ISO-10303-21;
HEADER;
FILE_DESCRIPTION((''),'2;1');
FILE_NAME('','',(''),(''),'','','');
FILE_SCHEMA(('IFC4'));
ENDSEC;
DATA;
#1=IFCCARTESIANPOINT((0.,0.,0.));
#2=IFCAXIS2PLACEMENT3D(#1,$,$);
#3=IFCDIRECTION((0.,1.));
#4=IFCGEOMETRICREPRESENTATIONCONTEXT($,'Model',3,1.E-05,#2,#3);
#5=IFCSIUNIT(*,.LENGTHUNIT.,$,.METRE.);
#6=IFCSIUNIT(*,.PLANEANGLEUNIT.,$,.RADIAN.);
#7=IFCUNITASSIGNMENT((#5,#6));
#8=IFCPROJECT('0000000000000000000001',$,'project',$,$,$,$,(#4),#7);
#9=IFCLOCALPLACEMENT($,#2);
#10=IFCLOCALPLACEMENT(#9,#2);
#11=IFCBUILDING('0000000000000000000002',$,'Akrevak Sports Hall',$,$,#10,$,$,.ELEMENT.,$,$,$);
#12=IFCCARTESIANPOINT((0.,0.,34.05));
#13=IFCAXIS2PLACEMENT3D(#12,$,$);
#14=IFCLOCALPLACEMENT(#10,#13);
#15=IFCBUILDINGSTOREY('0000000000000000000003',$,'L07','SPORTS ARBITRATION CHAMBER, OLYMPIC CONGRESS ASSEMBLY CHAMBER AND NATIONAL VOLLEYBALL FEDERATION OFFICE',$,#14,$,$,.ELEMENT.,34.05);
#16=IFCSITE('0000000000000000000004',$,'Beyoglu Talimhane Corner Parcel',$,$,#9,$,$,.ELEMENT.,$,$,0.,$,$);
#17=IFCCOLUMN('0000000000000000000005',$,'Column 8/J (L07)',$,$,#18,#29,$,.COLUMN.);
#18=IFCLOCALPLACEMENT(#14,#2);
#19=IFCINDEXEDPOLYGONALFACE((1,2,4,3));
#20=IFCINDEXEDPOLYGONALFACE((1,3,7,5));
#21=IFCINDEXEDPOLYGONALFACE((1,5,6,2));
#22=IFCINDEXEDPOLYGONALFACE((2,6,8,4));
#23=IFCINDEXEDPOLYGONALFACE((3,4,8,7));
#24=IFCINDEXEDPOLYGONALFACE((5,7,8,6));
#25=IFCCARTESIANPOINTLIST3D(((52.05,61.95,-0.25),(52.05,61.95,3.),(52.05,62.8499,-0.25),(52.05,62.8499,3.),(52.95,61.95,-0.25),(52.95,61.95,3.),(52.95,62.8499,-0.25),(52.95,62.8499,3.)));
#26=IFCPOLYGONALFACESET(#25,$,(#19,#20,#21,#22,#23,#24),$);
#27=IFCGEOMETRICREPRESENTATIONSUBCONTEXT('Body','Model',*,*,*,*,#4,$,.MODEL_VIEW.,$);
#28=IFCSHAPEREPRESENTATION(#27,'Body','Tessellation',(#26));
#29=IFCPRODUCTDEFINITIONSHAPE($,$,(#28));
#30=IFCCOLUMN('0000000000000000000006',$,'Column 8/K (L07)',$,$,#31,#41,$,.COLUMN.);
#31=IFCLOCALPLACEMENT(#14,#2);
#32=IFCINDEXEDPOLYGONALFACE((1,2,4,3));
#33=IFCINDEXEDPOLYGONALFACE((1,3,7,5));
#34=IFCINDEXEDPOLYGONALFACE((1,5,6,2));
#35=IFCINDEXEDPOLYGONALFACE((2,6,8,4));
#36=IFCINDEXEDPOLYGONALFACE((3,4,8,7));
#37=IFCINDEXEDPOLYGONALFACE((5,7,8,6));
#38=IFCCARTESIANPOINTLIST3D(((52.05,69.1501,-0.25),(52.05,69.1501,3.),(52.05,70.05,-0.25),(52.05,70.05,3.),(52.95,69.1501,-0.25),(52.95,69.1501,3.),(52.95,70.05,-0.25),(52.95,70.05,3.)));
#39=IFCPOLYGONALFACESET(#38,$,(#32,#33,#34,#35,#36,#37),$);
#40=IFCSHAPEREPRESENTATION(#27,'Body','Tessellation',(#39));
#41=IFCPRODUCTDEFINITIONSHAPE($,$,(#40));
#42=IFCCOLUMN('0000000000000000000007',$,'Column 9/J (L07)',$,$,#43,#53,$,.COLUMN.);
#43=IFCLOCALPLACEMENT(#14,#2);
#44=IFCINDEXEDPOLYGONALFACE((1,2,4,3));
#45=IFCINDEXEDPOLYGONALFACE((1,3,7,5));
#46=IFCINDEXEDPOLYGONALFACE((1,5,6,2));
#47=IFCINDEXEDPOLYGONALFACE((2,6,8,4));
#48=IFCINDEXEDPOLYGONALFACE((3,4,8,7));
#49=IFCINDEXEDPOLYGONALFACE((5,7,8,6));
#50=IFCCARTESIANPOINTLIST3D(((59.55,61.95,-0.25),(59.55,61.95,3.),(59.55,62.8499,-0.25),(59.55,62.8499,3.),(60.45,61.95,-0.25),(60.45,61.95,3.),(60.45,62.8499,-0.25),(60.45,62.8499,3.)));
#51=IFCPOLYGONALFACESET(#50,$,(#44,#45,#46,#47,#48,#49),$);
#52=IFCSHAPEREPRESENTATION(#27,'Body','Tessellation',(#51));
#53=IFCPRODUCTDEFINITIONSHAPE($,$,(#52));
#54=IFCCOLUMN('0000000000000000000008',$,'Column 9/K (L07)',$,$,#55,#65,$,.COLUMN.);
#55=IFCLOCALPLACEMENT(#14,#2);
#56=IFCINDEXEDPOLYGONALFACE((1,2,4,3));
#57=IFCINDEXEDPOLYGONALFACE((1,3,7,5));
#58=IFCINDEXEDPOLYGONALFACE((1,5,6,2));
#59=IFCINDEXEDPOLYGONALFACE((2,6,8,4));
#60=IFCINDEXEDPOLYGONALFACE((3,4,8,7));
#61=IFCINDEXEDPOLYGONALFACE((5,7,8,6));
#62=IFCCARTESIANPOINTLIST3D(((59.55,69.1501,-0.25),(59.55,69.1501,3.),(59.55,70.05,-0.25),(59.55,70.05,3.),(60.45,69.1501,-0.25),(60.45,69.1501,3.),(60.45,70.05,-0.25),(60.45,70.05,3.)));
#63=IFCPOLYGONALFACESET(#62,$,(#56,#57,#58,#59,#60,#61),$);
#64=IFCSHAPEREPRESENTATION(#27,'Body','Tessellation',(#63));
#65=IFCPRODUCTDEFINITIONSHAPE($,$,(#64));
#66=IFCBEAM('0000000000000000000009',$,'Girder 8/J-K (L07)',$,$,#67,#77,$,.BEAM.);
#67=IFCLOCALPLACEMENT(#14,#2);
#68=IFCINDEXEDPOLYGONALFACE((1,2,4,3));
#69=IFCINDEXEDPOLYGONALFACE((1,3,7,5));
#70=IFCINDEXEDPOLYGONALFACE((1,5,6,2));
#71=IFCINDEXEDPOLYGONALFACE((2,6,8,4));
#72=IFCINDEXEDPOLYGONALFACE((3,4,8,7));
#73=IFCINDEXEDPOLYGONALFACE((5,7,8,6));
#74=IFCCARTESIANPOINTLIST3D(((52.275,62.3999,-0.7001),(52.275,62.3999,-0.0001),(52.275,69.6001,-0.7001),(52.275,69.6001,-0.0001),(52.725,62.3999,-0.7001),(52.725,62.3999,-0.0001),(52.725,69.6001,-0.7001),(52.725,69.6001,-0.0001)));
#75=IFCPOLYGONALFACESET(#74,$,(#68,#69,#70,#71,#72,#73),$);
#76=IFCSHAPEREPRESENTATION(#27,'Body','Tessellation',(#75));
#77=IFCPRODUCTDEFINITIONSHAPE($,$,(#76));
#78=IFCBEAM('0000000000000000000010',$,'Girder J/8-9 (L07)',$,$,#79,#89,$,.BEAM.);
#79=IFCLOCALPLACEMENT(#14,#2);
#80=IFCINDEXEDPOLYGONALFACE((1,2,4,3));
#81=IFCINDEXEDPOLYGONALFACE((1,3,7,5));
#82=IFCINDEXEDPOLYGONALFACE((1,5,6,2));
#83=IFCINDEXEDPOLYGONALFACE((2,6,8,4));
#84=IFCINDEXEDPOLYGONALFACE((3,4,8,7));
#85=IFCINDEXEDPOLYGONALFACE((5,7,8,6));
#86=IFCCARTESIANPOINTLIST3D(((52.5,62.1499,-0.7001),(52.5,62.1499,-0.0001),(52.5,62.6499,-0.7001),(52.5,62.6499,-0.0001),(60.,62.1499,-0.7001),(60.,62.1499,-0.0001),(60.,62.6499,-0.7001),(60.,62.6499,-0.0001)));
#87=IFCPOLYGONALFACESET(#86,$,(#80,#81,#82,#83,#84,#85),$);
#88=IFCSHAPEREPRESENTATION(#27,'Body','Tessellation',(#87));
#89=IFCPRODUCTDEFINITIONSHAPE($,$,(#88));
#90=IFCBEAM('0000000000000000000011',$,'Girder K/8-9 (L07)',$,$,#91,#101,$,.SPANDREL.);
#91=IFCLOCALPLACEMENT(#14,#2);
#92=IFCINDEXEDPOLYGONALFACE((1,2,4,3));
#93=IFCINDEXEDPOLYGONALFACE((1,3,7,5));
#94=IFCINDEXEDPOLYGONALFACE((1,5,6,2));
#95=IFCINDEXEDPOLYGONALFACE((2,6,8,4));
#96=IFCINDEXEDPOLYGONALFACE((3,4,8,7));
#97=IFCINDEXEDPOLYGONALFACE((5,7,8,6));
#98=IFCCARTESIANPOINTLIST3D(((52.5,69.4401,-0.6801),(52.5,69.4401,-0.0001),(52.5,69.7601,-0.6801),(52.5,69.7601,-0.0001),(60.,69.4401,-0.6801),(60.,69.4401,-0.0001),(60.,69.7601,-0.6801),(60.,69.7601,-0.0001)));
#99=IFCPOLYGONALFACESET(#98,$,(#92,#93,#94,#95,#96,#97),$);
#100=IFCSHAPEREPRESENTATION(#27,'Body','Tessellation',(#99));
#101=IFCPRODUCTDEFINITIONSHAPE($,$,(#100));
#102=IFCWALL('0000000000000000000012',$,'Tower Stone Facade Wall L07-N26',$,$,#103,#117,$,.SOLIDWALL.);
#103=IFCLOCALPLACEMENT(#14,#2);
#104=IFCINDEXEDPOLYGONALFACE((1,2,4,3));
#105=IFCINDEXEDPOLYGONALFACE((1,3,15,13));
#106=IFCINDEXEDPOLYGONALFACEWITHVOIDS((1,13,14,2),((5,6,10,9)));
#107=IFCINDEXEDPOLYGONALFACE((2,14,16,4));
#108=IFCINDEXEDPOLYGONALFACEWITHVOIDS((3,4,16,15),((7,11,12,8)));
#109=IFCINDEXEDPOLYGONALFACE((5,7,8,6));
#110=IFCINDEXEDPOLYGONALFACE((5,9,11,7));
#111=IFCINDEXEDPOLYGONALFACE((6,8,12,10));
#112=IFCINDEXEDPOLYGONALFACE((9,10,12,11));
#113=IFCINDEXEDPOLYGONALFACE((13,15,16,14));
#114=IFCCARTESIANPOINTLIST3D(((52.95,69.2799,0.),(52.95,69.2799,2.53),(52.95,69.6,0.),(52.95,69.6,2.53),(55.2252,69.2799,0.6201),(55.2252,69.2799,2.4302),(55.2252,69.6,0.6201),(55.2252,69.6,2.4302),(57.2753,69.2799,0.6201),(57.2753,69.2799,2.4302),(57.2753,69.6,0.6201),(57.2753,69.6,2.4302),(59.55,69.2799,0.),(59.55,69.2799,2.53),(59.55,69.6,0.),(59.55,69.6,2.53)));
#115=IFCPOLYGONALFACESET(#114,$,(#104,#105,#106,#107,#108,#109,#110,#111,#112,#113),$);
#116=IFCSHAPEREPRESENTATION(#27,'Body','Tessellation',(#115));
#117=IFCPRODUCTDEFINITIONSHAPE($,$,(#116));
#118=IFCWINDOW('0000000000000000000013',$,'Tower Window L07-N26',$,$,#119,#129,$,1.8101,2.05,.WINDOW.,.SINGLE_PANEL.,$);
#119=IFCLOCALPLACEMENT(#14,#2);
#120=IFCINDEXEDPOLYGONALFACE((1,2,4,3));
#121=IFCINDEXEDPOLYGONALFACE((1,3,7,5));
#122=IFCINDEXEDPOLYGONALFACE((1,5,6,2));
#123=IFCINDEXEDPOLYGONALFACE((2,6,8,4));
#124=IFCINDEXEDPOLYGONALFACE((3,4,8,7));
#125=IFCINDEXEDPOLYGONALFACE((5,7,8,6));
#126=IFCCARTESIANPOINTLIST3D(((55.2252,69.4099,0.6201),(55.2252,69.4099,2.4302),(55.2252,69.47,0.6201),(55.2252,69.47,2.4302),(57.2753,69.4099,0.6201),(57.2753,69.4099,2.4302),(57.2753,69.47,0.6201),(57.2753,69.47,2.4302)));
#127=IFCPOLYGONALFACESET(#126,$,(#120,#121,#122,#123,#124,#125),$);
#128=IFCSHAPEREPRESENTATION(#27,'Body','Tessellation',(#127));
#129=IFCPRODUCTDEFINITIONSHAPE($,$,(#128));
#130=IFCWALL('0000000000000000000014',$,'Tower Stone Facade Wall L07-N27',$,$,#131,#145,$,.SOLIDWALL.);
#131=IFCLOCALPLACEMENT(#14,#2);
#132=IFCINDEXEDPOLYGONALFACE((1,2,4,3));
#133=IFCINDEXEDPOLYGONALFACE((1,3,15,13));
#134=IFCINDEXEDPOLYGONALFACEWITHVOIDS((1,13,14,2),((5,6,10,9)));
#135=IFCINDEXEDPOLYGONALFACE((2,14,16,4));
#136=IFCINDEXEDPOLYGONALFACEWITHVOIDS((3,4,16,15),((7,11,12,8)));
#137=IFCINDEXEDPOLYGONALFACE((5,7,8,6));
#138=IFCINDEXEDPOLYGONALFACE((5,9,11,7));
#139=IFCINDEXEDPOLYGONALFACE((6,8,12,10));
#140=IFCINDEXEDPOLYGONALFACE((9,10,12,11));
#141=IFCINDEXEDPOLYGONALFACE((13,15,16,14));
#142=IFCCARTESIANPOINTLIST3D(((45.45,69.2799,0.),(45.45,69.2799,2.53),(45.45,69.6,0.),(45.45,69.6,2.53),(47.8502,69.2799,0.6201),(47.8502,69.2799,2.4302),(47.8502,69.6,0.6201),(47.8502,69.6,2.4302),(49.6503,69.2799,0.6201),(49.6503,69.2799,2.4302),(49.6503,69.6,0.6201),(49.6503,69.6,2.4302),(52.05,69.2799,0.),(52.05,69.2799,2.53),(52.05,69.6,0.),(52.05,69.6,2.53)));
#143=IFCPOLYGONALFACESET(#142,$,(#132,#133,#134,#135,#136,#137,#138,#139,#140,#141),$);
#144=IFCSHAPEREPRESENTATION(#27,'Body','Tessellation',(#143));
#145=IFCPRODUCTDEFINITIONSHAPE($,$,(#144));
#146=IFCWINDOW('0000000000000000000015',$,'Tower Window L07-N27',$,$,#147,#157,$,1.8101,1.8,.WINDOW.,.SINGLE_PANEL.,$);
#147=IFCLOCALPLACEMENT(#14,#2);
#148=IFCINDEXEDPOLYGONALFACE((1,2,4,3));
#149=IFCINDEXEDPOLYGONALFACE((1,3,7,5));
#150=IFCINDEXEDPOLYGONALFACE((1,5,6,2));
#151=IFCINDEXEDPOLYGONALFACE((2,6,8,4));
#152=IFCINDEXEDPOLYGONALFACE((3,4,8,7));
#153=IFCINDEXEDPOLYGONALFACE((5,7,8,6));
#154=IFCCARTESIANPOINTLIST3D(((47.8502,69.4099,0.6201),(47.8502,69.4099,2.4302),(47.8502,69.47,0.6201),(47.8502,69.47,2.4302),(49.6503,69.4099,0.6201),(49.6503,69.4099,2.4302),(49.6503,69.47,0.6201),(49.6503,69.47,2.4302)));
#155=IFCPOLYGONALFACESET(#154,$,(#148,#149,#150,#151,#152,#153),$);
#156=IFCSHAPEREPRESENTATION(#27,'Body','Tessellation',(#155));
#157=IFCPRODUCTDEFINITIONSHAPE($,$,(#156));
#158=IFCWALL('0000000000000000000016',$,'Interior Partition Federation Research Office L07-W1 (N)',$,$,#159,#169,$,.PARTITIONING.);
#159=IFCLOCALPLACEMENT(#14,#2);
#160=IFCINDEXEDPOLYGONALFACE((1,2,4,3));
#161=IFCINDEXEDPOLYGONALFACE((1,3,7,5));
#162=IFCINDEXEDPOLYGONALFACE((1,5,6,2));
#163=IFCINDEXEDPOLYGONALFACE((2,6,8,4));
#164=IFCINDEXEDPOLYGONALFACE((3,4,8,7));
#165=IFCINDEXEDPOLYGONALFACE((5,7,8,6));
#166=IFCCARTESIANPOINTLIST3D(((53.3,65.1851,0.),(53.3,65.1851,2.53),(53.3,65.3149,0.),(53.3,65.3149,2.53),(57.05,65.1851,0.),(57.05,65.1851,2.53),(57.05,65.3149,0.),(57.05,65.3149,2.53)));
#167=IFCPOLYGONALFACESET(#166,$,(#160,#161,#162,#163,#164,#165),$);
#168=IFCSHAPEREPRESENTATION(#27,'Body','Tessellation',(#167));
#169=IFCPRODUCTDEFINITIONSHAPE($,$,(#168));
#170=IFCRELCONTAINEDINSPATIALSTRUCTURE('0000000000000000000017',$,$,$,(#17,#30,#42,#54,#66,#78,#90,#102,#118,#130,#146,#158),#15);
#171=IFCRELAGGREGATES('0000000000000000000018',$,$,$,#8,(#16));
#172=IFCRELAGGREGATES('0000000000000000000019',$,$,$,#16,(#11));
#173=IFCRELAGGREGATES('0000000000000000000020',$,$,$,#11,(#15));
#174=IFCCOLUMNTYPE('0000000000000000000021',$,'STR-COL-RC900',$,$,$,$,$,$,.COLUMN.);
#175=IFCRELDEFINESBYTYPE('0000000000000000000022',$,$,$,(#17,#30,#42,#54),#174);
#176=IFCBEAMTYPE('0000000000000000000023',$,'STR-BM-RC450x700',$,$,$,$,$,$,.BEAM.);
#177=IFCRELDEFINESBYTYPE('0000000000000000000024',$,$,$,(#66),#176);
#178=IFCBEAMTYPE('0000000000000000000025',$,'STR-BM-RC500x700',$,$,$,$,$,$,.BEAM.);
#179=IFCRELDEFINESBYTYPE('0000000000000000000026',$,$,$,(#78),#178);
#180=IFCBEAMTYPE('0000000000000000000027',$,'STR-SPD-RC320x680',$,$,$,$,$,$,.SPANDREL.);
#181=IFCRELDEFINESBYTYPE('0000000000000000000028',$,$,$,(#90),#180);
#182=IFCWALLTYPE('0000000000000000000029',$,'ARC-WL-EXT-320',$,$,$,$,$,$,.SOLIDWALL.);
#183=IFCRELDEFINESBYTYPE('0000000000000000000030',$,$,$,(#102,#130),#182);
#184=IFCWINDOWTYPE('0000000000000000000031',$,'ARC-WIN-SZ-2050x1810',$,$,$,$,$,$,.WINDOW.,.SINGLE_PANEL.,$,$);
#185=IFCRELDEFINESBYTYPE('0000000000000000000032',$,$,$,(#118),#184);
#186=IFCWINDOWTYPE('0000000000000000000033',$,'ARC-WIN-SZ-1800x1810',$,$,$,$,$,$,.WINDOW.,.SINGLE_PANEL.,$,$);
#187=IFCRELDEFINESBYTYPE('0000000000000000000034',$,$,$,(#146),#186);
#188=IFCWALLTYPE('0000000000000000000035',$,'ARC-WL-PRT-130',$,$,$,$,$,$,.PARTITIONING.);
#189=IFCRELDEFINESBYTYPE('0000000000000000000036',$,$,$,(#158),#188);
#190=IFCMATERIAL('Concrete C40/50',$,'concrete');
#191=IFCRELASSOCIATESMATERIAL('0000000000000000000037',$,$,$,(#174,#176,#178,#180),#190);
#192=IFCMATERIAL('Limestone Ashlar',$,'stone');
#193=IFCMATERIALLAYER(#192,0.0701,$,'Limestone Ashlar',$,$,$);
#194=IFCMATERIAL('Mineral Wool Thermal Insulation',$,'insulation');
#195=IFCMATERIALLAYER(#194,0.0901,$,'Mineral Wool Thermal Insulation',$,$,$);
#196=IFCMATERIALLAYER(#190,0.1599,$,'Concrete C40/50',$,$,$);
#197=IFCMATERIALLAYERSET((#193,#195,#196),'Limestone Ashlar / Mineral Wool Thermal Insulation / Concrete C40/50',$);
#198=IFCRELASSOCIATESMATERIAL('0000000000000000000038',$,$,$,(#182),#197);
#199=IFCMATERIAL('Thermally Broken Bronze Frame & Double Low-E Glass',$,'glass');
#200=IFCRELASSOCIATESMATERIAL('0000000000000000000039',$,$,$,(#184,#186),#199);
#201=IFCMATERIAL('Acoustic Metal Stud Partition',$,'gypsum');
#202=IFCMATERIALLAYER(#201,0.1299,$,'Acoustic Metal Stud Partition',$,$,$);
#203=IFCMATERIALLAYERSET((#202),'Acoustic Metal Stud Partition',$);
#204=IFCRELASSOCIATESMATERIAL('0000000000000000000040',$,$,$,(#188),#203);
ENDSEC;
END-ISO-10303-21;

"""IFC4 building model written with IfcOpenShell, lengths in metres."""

from ifc_helpers import new_model, si_unit, direction, frame, frame_2d, origin, origin_2d, place, context, subcontext, project, spatial, rectangle, extrude, material, layer, layer_set, material_profile, profile_set, type_object, element, fill, save


model = new_model("IFC4")

# Units and contexts
model_context = context("Model", 3, precision=1e-05, world=origin(), true_north=direction((0.0, 1.0)))
body_context = subcontext(model_context, "Body", "Model", "MODEL_VIEW")
ifc_project = project(units=[si_unit("LENGTHUNIT", "METRE"), si_unit("PLANEANGLEUNIT", "RADIAN")], contexts=[model_context])

# Site, building, storey
site_placement = place(None, origin())
site = spatial("IfcSite", under=ifc_project, at=site_placement, Name="Beyoglu Talimhane Corner Parcel", CompositionType="ELEMENT", RefElevation=0.0)
building_placement = place(site_placement, origin())
building = spatial("IfcBuilding", under=site, at=building_placement, Name="Akrevak Sports Hall", CompositionType="ELEMENT")
storey_placement = place(building_placement, frame((0.0, 0.0, 34.05)))
storey = spatial("IfcBuildingStorey", under=building, at=storey_placement, Name="L07", Description="SPORTS ARBITRATION CHAMBER, OLYMPIC CONGRESS ASSEMBLY CHAMBER AND NATIONAL VOLLEYBALL FEDERATION OFFICE", CompositionType="ELEMENT", Elevation=34.05)

# Columns
ifc_material_1 = material(Name="Concrete C40/50", Category="concrete")
ifc_material_profile_1 = material_profile(ifc_material_1, rectangle(XDim=0.8999, YDim=0.8999, at=origin_2d()), Name="RC 900x900", Category="concrete")
ifc_profile_set_1 = profile_set([ifc_material_profile_1], Name="Concrete C40/50")
column_type = type_object("IfcColumnType", Name="STR-COL-RC900", PredefinedType="COLUMN", material=ifc_profile_set_1)
for number, where, z_axis, x_axis, name in (
    (1, (52.5, 62.3999, -0.25), (0.0, 0.0, 1.0), (1.0, 0.0, 0.0), "Column 8/J (L07)"),
    (2, (52.5, 69.6001, -0.25), (0.0, 0.0, 1.0), (1.0, 0.0, 0.0), "Column 8/K (L07)"),
    (3, (60.0, 62.3999, -0.25), (0.0, 0.0, 1.0), (1.0, 0.0, 0.0), "Column 9/J (L07)"),
    (4, (60.0, 69.6001, -0.25), (0.0, 0.0, 1.0), (1.0, 0.0, 0.0), "Column 9/K (L07)"),
):
    element("IfcColumn", number, at=place(storey_placement, frame(where, z_axis=z_axis, x_axis=x_axis)), inside=storey, type_object=column_type, Name=name, PredefinedType="COLUMN", context=body_context, shape_type="SweptSolid", body=[
        extrude(rectangle(XDim=0.8999, YDim=0.8999, at=origin_2d()), origin(), (0.0, 0.0, 1.0), 3.25),
    ])

# Beams
ifc_material_profile_2 = material_profile(ifc_material_1, rectangle(XDim=0.45, YDim=0.7, at=origin_2d()), Name="BM 450x700", Category="concrete")
ifc_profile_set_2 = profile_set([ifc_material_profile_2], Name="Concrete C40/50")
beam_type_1 = type_object("IfcBeamType", Name="STR-BM-RC450x700", PredefinedType="BEAM", material=ifc_profile_set_2)
beam_1_placement = place(storey_placement, frame((52.5, 62.3999, -0.3501), z_axis=(0.0, 1.0, 0.0), x_axis=(-1.0, 0.0, 0.0)))
element("IfcBeam", 5, at=beam_1_placement, inside=storey, type_object=beam_type_1, Name="Girder 8/J-K (L07)", PredefinedType="BEAM", context=body_context, shape_type="SweptSolid", body=[
    extrude(rectangle(XDim=0.45, YDim=0.7, at=origin_2d()), origin(), (0.0, 0.0, 1.0), 7.2002),
])
ifc_material_profile_3 = material_profile(ifc_material_1, rectangle(XDim=0.5, YDim=0.7, at=origin_2d()), Name="BM 500x700", Category="concrete")
ifc_profile_set_3 = profile_set([ifc_material_profile_3], Name="Concrete C40/50")
beam_type_2 = type_object("IfcBeamType", Name="STR-BM-RC500x700", PredefinedType="BEAM", material=ifc_profile_set_3)
beam_2_placement = place(storey_placement, frame((52.5, 62.3999, -0.3501), z_axis=(1.0, 0.0, 0.0), x_axis=(0.0, 1.0, 0.0)))
element("IfcBeam", 6, at=beam_2_placement, inside=storey, type_object=beam_type_2, Name="Girder J/8-9 (L07)", PredefinedType="BEAM", context=body_context, shape_type="SweptSolid", body=[
    extrude(rectangle(XDim=0.5, YDim=0.7, at=origin_2d()), origin(), (0.0, 0.0, 1.0), 7.5),
])
ifc_material_profile_4 = material_profile(ifc_material_1, rectangle(XDim=0.3201, YDim=0.6799, at=origin_2d()), Name="SPD 320x680", Category="concrete")
ifc_profile_set_4 = profile_set([ifc_material_profile_4], Name="Concrete C40/50")
beam_type_3 = type_object("IfcBeamType", Name="STR-SPD-RC320x680", PredefinedType="SPANDREL", material=ifc_profile_set_4)
beam_3_placement = place(storey_placement, frame((52.5, 69.6001, -0.3401), z_axis=(1.0, 0.0, 0.0), x_axis=(0.0, 1.0, 0.0)))
element("IfcBeam", 7, at=beam_3_placement, inside=storey, type_object=beam_type_3, Name="Girder K/8-9 (L07)", PredefinedType="SPANDREL", context=body_context, shape_type="SweptSolid", body=[
    extrude(rectangle(XDim=0.3201, YDim=0.6799, at=origin_2d()), origin(), (0.0, 0.0, 1.0), 7.5),
])

# Walls, openings, windows
ifc_material_2 = material(Name="Limestone Ashlar", Category="stone")
ifc_layer_1 = layer(ifc_material_2, 0.0701, Name="Limestone Ashlar")
ifc_material_3 = material(Name="Mineral Wool Thermal Insulation", Category="insulation")
ifc_layer_2 = layer(ifc_material_3, 0.0901, Name="Mineral Wool Thermal Insulation")
ifc_layer_3 = layer(ifc_material_1, 0.1599, Name="Concrete C40/50")
ifc_layer_set_1 = layer_set([ifc_layer_1, ifc_layer_2, ifc_layer_3], Name="Limestone Ashlar / Mineral Wool Thermal Insulation / Concrete C40/50")
wall_type_1 = type_object("IfcWallType", Name="ARC-WL-EXT-320", PredefinedType="SOLIDWALL", material=ifc_layer_set_1)
wall_1_placement = place(storey_placement, frame((59.55, 69.4399, 0.0), z_axis=(0.0, 0.0, 1.0), x_axis=(-1.0, 0.0, 0.0)))
wall_1 = element("IfcWall", 8, at=wall_1_placement, inside=storey, type_object=wall_type_1, Name="Tower Stone Facade Wall L07-N26", PredefinedType="SOLIDWALL", context=body_context, shape_type="SweptSolid", body=[
    extrude(rectangle(XDim=6.6001, YDim=0.3201, at=frame_2d((3.3, 0.0))), origin(), (0.0, 0.0, 1.0), 2.53),
])
opening_1_placement = place(wall_1_placement, frame((2.2749, 0.0, 0.6201)))
opening_1 = element("IfcOpeningElement", 9, at=opening_1_placement, cuts=wall_1, PredefinedType="OPENING", context=body_context, shape_type="SweptSolid", body=[
    extrude(rectangle(XDim=2.05, YDim=1.8101, at=frame_2d((1.0249, 0.905))), frame((0.0, 0.1719, 0.0), z_axis=(0.0, -1.0, 0.0), x_axis=(1.0, 0.0, 0.0)), (0.0, 0.0, 1.0), 0.344),
])
ifc_material_4 = material(Name="Thermally Broken Bronze Frame & Double Low-E Glass", Category="glass")
window_type_1 = type_object("IfcWindowType", Name="ARC-WIN-SZ-2050x1810", PartitioningType="SINGLE_PANEL", PredefinedType="WINDOW", material=ifc_material_4)
window_1_placement = place(opening_1_placement, origin())
window_1 = element("IfcWindow", 10, at=window_1_placement, inside=storey, type_object=window_type_1, Name="Tower Window L07-N26", OverallHeight=1.8101, OverallWidth=2.05, PartitioningType="SINGLE_PANEL", PredefinedType="WINDOW", context=body_context, shape_type="SweptSolid", body=[
    extrude(rectangle(XDim=2.05, YDim=1.8101, at=frame_2d((1.0249, 0.905))), frame((0.0, 0.03, 0.0), z_axis=(0.0, -1.0, 0.0), x_axis=(1.0, 0.0, 0.0)), (0.0, 0.0, 1.0), 0.0601),
])
fill(opening_1, window_1)
wall_2_placement = place(storey_placement, frame((52.05, 69.4399, 0.0), z_axis=(0.0, 0.0, 1.0), x_axis=(-1.0, 0.0, 0.0)))
wall_2 = element("IfcWall", 11, at=wall_2_placement, inside=storey, type_object=wall_type_1, Name="Tower Stone Facade Wall L07-N27", PredefinedType="SOLIDWALL", context=body_context, shape_type="SweptSolid", body=[
    extrude(rectangle(XDim=6.6001, YDim=0.3201, at=frame_2d((3.3, 0.0))), origin(), (0.0, 0.0, 1.0), 2.53),
])
opening_2_placement = place(wall_2_placement, frame((2.3999, 0.0, 0.6201)))
opening_2 = element("IfcOpeningElement", 12, at=opening_2_placement, cuts=wall_2, PredefinedType="OPENING", context=body_context, shape_type="SweptSolid", body=[
    extrude(rectangle(XDim=1.8, YDim=1.8101, at=frame_2d((0.8999, 0.905))), frame((0.0, 0.1719, 0.0), z_axis=(0.0, -1.0, 0.0), x_axis=(1.0, 0.0, 0.0)), (0.0, 0.0, 1.0), 0.344),
])
window_type_2 = type_object("IfcWindowType", Name="ARC-WIN-SZ-1800x1810", PartitioningType="SINGLE_PANEL", PredefinedType="WINDOW", material=ifc_material_4)
window_2_placement = place(opening_2_placement, origin())
window_2 = element("IfcWindow", 13, at=window_2_placement, inside=storey, type_object=window_type_2, Name="Tower Window L07-N27", OverallHeight=1.8101, OverallWidth=1.8, PartitioningType="SINGLE_PANEL", PredefinedType="WINDOW", context=body_context, shape_type="SweptSolid", body=[
    extrude(rectangle(XDim=1.8, YDim=1.8101, at=frame_2d((0.8999, 0.905))), frame((0.0, 0.03, 0.0), z_axis=(0.0, -1.0, 0.0), x_axis=(1.0, 0.0, 0.0)), (0.0, 0.0, 1.0), 0.0601),
])
fill(opening_2, window_2)

# Wall
ifc_material_5 = material(Name="Acoustic Metal Stud Partition", Category="gypsum")
ifc_layer_4 = layer(ifc_material_5, 0.1299, Name="Acoustic Metal Stud Partition")
ifc_layer_set_2 = layer_set([ifc_layer_4], Name="Acoustic Metal Stud Partition")
wall_type_2 = type_object("IfcWallType", Name="ARC-WL-PRT-130", PredefinedType="PARTITIONING", material=ifc_layer_set_2)
wall_3_placement = place(storey_placement, frame((53.3, 65.25, 0.0), z_axis=(0.0, 0.0, 1.0), x_axis=(1.0, 0.0, 0.0)))
element("IfcWall", 14, at=wall_3_placement, inside=storey, type_object=wall_type_2, Name="Interior Partition Federation Research Office L07-W1 (N)", PredefinedType="PARTITIONING", context=body_context, shape_type="SweptSolid", body=[
    extrude(rectangle(XDim=3.75, YDim=0.1299, at=frame_2d((1.875, 0.0))), origin(), (0.0, 0.0, 1.0), 2.53),
])

save(model, "model.ifc")
